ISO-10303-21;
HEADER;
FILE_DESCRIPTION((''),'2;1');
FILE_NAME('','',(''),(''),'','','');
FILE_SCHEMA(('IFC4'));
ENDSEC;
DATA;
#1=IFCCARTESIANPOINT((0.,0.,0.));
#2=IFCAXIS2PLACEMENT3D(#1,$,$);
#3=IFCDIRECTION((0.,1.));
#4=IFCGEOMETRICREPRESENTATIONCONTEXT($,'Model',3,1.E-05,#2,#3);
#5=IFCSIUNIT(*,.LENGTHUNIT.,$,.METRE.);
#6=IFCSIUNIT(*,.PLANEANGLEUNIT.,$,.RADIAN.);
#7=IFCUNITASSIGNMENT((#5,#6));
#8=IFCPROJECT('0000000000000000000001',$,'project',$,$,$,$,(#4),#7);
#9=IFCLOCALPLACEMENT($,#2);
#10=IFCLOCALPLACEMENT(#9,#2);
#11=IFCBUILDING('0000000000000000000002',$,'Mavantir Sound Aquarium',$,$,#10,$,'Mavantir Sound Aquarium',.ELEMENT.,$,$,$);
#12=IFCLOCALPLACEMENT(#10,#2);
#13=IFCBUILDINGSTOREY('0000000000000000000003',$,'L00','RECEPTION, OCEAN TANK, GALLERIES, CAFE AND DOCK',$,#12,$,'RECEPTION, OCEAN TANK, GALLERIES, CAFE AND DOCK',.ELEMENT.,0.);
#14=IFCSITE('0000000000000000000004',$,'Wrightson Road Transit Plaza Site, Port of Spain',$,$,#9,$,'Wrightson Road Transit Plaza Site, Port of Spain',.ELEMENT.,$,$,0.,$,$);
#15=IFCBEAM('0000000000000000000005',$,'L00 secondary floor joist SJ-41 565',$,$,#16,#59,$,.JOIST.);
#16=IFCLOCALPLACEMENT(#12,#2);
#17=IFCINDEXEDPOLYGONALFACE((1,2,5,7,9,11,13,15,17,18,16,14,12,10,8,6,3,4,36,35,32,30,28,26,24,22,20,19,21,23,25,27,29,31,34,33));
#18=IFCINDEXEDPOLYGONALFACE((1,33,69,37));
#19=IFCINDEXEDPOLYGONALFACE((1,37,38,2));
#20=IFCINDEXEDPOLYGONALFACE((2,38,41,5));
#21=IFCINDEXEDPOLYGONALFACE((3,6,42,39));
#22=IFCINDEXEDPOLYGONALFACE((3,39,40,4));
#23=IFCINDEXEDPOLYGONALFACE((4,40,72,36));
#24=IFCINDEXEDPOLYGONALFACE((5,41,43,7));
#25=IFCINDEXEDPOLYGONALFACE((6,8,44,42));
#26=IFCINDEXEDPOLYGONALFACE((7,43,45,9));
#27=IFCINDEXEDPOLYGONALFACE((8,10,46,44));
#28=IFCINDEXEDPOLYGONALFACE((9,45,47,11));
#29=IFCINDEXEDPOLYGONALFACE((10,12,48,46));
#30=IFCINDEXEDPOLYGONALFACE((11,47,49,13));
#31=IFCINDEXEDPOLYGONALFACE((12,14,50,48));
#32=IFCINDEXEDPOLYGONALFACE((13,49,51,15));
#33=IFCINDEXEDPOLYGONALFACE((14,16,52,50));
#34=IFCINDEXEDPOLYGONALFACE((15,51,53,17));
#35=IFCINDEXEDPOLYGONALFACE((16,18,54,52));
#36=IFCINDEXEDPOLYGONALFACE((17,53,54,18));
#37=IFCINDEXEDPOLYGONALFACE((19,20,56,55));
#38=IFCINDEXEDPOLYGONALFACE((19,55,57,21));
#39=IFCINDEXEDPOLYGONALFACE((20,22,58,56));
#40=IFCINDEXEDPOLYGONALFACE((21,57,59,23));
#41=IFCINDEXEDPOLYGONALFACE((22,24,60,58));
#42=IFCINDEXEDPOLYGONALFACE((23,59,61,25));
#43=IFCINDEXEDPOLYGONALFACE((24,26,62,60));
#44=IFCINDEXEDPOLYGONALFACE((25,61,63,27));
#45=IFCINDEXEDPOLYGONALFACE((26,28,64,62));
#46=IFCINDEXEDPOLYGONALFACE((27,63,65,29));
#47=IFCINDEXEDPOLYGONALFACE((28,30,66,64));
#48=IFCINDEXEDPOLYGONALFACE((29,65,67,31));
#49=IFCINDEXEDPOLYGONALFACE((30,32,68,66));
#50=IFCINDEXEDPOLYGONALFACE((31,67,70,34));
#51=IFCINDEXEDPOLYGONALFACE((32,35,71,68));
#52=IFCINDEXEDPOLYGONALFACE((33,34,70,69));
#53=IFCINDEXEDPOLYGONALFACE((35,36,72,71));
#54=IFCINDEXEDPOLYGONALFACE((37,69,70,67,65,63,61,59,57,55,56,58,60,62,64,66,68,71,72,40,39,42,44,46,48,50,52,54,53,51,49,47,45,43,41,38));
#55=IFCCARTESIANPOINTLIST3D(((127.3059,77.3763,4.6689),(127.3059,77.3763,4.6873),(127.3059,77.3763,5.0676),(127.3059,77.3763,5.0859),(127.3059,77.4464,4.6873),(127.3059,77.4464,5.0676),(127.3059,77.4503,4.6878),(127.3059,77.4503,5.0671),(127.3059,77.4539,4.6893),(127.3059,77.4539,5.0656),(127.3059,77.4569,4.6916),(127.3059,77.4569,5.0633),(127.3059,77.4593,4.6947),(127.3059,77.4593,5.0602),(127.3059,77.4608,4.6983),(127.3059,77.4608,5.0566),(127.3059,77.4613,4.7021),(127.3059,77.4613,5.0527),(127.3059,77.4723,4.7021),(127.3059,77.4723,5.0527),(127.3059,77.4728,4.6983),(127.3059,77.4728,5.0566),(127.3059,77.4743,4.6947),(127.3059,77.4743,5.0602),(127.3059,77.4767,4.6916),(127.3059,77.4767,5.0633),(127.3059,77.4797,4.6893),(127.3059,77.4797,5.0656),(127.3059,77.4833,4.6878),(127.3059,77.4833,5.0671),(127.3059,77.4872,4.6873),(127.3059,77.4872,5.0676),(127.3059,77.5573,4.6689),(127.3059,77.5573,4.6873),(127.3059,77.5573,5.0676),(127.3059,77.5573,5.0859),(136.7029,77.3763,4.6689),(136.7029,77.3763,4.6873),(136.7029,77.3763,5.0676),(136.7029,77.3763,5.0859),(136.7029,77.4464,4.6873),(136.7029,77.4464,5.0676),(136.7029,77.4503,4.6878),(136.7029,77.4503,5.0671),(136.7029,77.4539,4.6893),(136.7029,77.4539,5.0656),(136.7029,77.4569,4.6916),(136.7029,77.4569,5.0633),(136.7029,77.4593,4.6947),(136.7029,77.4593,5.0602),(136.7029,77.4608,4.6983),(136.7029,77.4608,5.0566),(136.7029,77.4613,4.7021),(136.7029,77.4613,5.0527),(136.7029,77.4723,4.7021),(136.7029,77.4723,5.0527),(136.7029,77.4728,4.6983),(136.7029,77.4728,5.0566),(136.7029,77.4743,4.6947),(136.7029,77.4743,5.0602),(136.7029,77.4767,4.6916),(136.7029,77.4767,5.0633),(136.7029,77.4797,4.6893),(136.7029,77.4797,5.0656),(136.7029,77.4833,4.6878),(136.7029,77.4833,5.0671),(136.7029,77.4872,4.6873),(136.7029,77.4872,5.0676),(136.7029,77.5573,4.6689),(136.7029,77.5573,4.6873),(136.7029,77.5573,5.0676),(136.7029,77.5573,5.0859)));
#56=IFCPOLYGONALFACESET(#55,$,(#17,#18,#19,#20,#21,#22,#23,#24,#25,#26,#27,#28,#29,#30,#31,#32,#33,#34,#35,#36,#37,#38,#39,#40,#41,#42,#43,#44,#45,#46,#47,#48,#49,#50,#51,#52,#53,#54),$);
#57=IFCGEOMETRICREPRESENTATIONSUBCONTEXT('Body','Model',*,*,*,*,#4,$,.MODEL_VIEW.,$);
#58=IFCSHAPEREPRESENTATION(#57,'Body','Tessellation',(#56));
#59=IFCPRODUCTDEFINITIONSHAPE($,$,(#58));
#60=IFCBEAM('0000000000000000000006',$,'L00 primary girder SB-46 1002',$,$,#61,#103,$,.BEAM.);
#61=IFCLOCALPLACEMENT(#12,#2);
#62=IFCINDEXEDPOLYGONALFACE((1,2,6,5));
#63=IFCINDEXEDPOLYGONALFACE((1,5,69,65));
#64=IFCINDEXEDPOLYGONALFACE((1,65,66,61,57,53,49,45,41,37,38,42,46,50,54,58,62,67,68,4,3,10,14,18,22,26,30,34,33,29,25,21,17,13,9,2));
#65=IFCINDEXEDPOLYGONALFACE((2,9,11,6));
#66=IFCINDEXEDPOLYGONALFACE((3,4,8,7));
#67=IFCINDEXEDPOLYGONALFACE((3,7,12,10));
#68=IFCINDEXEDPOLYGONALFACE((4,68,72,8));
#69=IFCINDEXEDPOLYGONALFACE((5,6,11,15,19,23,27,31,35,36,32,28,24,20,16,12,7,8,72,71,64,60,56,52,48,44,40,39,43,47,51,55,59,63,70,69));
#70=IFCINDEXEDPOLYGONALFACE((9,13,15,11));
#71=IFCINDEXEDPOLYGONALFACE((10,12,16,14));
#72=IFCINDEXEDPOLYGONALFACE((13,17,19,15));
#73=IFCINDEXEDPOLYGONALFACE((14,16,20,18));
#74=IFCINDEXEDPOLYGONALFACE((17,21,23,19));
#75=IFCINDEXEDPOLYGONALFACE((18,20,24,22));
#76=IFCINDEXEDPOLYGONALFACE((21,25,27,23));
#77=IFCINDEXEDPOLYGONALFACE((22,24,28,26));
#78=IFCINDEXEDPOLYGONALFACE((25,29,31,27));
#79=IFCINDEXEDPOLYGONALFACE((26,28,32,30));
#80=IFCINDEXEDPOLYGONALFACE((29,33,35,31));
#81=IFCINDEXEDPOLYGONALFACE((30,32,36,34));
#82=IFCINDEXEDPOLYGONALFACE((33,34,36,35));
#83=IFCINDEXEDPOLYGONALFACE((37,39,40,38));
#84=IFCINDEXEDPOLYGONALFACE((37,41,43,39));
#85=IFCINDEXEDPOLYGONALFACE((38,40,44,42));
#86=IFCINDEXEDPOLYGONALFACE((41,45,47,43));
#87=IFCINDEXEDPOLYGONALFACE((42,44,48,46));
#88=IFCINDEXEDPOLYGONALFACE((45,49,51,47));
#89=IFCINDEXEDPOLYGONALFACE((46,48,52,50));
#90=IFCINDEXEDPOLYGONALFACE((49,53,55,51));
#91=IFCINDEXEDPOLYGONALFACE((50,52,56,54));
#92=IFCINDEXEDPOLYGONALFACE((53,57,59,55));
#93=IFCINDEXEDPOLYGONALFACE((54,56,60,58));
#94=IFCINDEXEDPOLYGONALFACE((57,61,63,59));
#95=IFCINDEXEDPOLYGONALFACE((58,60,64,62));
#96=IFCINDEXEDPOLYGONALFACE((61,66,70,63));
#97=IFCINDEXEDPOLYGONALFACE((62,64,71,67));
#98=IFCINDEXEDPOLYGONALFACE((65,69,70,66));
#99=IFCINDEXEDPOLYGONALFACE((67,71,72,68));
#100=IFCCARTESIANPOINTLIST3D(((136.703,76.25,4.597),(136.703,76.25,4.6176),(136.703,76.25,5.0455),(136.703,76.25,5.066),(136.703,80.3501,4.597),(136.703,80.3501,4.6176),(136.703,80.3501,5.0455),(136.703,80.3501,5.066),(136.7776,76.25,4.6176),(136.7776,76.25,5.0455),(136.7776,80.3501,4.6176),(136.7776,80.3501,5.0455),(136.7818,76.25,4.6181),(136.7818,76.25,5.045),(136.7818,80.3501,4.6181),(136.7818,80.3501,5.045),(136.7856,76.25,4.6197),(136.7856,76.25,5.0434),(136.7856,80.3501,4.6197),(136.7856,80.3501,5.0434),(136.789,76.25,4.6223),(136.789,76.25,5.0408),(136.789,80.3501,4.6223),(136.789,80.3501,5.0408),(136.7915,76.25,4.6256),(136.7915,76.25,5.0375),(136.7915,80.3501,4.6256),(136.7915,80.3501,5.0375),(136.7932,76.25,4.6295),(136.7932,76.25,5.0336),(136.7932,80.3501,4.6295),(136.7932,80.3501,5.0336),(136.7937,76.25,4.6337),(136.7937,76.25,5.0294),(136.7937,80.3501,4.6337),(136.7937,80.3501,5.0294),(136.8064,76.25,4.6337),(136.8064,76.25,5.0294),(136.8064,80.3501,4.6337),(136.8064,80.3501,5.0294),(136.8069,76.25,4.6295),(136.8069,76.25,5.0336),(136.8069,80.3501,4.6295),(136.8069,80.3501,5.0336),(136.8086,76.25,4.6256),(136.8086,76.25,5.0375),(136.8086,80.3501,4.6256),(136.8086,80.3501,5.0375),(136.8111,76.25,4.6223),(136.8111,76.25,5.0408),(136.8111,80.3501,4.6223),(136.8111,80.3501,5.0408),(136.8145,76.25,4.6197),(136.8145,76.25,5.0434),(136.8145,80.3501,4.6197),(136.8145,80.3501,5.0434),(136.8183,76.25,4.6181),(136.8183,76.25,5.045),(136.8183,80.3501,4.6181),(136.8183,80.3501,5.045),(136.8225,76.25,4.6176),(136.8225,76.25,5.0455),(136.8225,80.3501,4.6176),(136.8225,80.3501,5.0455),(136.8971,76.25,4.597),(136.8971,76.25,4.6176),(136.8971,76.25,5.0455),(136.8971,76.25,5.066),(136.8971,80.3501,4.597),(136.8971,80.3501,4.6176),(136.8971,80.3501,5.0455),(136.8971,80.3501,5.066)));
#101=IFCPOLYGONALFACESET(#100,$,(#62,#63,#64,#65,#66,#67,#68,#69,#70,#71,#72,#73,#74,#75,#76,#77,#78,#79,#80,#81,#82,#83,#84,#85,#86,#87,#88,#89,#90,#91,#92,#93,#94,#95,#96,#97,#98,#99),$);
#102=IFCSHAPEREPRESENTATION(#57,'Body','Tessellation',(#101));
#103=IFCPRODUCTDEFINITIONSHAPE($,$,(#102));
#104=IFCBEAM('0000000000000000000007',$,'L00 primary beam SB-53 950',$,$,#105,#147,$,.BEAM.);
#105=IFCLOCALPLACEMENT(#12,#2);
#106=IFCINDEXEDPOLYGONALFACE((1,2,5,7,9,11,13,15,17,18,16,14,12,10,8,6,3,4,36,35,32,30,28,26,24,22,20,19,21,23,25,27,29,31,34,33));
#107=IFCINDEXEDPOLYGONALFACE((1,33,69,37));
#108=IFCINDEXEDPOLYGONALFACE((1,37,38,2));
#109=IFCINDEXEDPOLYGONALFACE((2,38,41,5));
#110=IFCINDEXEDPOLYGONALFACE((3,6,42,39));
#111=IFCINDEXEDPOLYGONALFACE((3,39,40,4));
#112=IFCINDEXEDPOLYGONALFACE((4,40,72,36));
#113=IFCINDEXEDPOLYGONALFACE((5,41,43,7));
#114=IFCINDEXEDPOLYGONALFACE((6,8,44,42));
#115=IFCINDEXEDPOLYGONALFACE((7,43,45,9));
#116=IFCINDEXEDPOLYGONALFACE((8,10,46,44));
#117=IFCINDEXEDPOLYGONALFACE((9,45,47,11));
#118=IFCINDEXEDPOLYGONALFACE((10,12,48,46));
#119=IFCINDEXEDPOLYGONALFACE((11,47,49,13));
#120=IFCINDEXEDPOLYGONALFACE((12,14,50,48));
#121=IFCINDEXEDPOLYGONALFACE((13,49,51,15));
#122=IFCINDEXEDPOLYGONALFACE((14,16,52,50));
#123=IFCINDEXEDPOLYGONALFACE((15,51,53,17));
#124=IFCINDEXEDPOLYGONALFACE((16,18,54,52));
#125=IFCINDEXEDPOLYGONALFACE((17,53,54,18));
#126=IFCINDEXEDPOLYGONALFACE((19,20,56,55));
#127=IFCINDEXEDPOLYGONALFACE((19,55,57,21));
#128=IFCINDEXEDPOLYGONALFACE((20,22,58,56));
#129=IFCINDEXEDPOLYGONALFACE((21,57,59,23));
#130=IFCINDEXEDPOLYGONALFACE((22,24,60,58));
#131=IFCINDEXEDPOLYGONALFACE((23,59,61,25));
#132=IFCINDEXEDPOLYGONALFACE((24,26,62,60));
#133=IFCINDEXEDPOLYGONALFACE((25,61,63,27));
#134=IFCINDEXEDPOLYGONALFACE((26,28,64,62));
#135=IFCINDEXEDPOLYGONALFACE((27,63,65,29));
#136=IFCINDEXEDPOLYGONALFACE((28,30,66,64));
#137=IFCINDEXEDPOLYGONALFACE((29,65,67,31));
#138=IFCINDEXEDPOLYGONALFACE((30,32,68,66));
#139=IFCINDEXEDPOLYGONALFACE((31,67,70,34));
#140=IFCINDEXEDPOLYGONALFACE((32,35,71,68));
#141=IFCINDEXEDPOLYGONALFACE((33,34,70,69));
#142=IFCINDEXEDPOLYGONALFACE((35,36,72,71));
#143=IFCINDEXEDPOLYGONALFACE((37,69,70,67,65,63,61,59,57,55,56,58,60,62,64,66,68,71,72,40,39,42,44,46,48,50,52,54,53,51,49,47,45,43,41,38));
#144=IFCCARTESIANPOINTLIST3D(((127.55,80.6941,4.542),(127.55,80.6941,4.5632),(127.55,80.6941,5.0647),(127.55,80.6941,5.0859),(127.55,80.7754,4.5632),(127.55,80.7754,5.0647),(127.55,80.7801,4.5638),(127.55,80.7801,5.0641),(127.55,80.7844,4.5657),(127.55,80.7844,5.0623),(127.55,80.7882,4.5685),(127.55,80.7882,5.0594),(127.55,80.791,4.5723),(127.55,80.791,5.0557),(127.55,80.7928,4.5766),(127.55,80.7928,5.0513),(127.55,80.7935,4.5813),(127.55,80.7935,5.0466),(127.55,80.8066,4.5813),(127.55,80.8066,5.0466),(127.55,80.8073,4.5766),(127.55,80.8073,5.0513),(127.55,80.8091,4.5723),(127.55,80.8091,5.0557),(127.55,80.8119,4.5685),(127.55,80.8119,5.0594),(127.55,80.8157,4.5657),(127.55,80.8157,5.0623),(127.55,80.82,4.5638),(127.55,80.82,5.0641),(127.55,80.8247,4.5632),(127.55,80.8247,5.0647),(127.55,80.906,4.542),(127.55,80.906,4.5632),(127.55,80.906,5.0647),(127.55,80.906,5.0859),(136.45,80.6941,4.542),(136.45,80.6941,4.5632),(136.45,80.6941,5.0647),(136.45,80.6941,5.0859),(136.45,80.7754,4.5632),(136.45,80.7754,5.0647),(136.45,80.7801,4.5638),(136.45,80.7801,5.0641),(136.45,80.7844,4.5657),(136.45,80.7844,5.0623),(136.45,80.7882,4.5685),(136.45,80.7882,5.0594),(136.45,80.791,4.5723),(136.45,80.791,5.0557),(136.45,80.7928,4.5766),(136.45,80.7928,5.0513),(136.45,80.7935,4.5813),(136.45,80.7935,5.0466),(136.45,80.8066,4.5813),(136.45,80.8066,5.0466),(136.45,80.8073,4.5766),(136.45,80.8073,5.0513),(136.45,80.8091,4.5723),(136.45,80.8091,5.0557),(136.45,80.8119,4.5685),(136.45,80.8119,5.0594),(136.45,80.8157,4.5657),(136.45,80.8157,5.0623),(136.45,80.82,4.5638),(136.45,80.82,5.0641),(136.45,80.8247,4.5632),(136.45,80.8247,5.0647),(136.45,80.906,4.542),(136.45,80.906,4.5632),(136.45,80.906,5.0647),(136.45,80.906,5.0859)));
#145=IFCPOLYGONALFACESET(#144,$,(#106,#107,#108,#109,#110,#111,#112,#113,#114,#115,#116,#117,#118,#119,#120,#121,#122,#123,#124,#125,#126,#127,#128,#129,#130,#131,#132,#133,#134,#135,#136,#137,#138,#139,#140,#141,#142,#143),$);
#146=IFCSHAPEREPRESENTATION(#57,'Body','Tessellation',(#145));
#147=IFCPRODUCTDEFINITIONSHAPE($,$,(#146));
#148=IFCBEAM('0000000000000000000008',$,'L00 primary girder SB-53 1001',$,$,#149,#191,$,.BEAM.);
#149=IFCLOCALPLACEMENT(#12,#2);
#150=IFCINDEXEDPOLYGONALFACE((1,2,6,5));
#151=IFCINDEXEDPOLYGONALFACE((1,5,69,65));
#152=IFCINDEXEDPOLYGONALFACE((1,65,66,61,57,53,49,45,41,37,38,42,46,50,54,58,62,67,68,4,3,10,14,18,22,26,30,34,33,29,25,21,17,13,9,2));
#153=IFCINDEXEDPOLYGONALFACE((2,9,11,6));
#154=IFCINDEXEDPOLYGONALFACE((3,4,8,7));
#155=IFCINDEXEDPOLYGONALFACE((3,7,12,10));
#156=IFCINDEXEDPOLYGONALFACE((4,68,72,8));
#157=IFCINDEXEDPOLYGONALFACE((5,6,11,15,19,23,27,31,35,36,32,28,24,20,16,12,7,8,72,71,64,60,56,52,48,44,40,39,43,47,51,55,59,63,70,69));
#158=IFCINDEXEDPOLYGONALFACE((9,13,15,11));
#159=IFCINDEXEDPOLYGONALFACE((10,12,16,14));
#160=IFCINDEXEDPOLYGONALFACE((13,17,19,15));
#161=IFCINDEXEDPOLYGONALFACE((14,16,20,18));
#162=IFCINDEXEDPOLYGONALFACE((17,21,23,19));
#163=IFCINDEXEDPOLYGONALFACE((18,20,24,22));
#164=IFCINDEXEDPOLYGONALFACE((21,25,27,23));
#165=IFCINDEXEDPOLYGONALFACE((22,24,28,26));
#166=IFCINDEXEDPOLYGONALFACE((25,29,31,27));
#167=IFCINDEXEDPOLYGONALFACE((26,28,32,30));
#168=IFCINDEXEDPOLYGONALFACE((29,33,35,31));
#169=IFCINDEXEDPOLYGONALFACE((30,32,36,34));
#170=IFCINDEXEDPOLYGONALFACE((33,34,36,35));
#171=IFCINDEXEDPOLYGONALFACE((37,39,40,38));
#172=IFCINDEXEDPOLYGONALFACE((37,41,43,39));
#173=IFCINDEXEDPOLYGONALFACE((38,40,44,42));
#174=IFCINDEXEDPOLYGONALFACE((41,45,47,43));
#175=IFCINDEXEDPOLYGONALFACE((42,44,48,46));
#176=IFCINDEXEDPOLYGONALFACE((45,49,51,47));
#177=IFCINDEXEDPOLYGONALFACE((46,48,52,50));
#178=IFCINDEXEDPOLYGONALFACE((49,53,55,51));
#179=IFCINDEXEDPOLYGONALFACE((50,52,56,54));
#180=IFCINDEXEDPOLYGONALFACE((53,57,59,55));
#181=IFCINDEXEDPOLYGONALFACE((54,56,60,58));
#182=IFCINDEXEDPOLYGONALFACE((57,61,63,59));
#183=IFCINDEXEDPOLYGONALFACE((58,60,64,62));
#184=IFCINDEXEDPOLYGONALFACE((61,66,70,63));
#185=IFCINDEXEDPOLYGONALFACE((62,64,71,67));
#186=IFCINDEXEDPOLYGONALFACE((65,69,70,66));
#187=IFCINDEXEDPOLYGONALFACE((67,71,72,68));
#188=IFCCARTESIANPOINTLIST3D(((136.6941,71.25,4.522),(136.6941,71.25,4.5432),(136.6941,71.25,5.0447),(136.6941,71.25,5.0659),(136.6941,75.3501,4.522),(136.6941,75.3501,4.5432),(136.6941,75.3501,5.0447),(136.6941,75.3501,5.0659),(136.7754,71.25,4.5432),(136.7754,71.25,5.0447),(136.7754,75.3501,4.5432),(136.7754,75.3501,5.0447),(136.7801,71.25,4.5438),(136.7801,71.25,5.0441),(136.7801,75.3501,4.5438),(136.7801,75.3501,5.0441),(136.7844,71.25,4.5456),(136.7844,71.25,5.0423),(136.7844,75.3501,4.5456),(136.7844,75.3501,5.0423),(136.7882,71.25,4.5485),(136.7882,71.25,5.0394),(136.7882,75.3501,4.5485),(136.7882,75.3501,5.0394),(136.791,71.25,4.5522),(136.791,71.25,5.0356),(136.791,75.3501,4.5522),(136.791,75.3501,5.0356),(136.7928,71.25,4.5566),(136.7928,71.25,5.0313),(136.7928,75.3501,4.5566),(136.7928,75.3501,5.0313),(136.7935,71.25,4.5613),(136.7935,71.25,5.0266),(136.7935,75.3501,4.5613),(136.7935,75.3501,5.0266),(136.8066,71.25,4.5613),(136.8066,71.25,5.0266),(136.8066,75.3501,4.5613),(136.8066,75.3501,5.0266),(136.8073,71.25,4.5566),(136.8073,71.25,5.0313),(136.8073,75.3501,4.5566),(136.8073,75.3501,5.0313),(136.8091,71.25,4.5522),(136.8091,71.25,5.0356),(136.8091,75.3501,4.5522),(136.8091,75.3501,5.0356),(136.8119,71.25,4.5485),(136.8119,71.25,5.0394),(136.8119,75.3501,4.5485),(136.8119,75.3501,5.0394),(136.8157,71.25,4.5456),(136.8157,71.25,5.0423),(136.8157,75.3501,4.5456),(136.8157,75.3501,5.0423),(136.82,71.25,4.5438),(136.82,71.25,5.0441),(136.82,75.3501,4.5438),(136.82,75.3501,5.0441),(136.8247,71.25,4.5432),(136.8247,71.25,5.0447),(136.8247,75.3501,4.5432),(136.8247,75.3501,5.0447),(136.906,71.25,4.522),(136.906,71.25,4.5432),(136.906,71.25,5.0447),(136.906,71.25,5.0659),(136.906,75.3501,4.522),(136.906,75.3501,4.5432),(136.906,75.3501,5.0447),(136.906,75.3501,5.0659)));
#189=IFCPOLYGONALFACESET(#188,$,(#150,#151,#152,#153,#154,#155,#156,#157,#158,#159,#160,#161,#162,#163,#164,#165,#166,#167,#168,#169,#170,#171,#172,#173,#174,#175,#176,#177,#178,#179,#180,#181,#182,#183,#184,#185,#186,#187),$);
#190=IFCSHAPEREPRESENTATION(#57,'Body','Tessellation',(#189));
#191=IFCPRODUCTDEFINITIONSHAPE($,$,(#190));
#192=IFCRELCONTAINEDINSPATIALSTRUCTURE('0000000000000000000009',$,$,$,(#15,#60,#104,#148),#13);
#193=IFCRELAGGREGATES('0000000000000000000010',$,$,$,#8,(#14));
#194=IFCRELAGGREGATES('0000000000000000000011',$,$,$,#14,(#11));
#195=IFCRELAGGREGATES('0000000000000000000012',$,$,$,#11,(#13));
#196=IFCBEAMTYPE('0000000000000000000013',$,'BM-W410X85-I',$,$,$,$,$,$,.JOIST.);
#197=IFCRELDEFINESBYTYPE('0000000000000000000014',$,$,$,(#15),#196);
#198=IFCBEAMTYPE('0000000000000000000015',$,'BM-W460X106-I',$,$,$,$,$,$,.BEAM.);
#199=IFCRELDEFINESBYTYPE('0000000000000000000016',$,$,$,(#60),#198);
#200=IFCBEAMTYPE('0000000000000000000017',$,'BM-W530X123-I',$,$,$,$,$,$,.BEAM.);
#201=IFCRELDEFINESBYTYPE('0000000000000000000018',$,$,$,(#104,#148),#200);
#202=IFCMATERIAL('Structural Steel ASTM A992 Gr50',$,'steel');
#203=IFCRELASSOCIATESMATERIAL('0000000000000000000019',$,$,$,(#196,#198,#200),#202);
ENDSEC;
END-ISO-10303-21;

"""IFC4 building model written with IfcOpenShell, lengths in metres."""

from ifc_helpers import new_model, si_unit, direction, frame, origin, origin_2d, place, context, subcontext, project, spatial, i_section, extrude, material, material_profile, profile_set, type_object, element, save


model = new_model("IFC4")

# Units and contexts
model_context = context("Model", 3, precision=1e-05, world=origin(), true_north=direction((0.0, 1.0)))
body_context = subcontext(model_context, "Body", "Model", "MODEL_VIEW")
ifc_project = project(units=[si_unit("LENGTHUNIT", "METRE"), si_unit("PLANEANGLEUNIT", "RADIAN")], contexts=[model_context])

# Site, building, storey
site_placement = place(None, origin())
site = spatial("IfcSite", under=ifc_project, at=site_placement, Name="Wrightson Road Transit Plaza Site, Port of Spain", LongName="Wrightson Road Transit Plaza Site, Port of Spain", CompositionType="ELEMENT", RefElevation=0.0)
building_placement = place(site_placement, origin())
building = spatial("IfcBuilding", under=site, at=building_placement, Name="Mavantir Sound Aquarium", LongName="Mavantir Sound Aquarium", CompositionType="ELEMENT")
storey_placement = place(building_placement, origin())
storey = spatial("IfcBuildingStorey", under=building, at=storey_placement, Name="L00", Description="RECEPTION, OCEAN TANK, GALLERIES, CAFE AND DOCK", LongName="RECEPTION, OCEAN TANK, GALLERIES, CAFE AND DOCK", CompositionType="ELEMENT", Elevation=0.0)

# Beams
ifc_material_1 = material(Name="Structural Steel ASTM A992 Gr50", Category="steel")
ifc_material_profile_1 = material_profile(ifc_material_1, i_section(OverallWidth=0.1809, OverallDepth=0.417, WebThickness=0.011, FlangeThickness=0.0183, FilletRadius=0.0149, at=origin_2d()), Name="W410X85")
ifc_profile_set_1 = profile_set([ifc_material_profile_1], Name="Structural Steel ASTM A992 Gr50")
beam_type_1 = type_object("IfcBeamType", Name="BM-W410X85-I", PredefinedType="JOIST", material=ifc_profile_set_1)
beam_1_placement = place(storey_placement, frame((127.3059, 77.4668, 4.8774), z_axis=(1.0, 0.0, 0.0), x_axis=(0.0, 1.0, 0.0)))
element("IfcBeam", 1, at=beam_1_placement, inside=storey, type_object=beam_type_1, Name="L00 secondary floor joist SJ-41 565", PredefinedType="JOIST", context=body_context, shape_type="SweptSolid", body=[
    extrude(i_section(OverallWidth=0.1809, OverallDepth=0.417, WebThickness=0.011, FlangeThickness=0.0183, FilletRadius=0.0149, at=origin_2d()), origin(), (0.0, 0.0, 1.0), 9.397),
])
ifc_material_profile_2 = material_profile(ifc_material_1, i_section(OverallWidth=0.1941, OverallDepth=0.469, WebThickness=0.0127, FlangeThickness=0.0205, FilletRadius=0.0161, at=origin_2d()), Name="W460X106")
ifc_profile_set_2 = profile_set([ifc_material_profile_2], Name="Structural Steel ASTM A992 Gr50")
beam_type_2 = type_object("IfcBeamType", Name="BM-W460X106-I", PredefinedType="BEAM", material=ifc_profile_set_2)
beam_2_placement = place(storey_placement, frame((136.8, 76.25, 4.8315), z_axis=(0.0, 1.0, 0.0), x_axis=(-1.0, 0.0, 0.0)))
element("IfcBeam", 2, at=beam_2_placement, inside=storey, type_object=beam_type_2, Name="L00 primary girder SB-46 1002", PredefinedType="BEAM", context=body_context, shape_type="SweptSolid", body=[
    extrude(i_section(OverallWidth=0.1941, OverallDepth=0.469, WebThickness=0.0127, FlangeThickness=0.0205, FilletRadius=0.0161, at=origin_2d()), origin(), (0.0, 0.0, 1.0), 4.1001),
])
ifc_material_profile_3 = material_profile(ifc_material_1, i_section(OverallWidth=0.2119, OverallDepth=0.5439, WebThickness=0.0132, FlangeThickness=0.0212, FilletRadius=0.0181, at=origin_2d()), Name="W530X123")
ifc_profile_set_3 = profile_set([ifc_material_profile_3], Name="Structural Steel ASTM A992 Gr50")
beam_type_3 = type_object("IfcBeamType", Name="BM-W530X123-I", PredefinedType="BEAM", material=ifc_profile_set_3)
beam_3_placement = place(storey_placement, frame((127.55, 80.8, 4.814), z_axis=(1.0, 0.0, 0.0), x_axis=(0.0, 1.0, 0.0)))
element("IfcBeam", 3, at=beam_3_placement, inside=storey, type_object=beam_type_3, Name="L00 primary beam SB-53 950", PredefinedType="BEAM", context=body_context, shape_type="SweptSolid", body=[
    extrude(i_section(OverallWidth=0.2119, OverallDepth=0.5439, WebThickness=0.0132, FlangeThickness=0.0212, FilletRadius=0.0181, at=origin_2d()), origin(), (0.0, 0.0, 1.0), 8.8999),
])
beam_4_placement = place(storey_placement, frame((136.8, 71.25, 4.7939), z_axis=(0.0, 1.0, 0.0), x_axis=(-1.0, 0.0, 0.0)))
element("IfcBeam", 4, at=beam_4_placement, inside=storey, type_object=beam_type_3, Name="L00 primary girder SB-53 1001", PredefinedType="BEAM", context=body_context, shape_type="SweptSolid", body=[
    extrude(i_section(OverallWidth=0.2119, OverallDepth=0.5439, WebThickness=0.0132, FlangeThickness=0.0212, FilletRadius=0.0181, at=origin_2d()), origin(), (0.0, 0.0, 1.0), 4.1001),
])

save(model, "model.ifc")
